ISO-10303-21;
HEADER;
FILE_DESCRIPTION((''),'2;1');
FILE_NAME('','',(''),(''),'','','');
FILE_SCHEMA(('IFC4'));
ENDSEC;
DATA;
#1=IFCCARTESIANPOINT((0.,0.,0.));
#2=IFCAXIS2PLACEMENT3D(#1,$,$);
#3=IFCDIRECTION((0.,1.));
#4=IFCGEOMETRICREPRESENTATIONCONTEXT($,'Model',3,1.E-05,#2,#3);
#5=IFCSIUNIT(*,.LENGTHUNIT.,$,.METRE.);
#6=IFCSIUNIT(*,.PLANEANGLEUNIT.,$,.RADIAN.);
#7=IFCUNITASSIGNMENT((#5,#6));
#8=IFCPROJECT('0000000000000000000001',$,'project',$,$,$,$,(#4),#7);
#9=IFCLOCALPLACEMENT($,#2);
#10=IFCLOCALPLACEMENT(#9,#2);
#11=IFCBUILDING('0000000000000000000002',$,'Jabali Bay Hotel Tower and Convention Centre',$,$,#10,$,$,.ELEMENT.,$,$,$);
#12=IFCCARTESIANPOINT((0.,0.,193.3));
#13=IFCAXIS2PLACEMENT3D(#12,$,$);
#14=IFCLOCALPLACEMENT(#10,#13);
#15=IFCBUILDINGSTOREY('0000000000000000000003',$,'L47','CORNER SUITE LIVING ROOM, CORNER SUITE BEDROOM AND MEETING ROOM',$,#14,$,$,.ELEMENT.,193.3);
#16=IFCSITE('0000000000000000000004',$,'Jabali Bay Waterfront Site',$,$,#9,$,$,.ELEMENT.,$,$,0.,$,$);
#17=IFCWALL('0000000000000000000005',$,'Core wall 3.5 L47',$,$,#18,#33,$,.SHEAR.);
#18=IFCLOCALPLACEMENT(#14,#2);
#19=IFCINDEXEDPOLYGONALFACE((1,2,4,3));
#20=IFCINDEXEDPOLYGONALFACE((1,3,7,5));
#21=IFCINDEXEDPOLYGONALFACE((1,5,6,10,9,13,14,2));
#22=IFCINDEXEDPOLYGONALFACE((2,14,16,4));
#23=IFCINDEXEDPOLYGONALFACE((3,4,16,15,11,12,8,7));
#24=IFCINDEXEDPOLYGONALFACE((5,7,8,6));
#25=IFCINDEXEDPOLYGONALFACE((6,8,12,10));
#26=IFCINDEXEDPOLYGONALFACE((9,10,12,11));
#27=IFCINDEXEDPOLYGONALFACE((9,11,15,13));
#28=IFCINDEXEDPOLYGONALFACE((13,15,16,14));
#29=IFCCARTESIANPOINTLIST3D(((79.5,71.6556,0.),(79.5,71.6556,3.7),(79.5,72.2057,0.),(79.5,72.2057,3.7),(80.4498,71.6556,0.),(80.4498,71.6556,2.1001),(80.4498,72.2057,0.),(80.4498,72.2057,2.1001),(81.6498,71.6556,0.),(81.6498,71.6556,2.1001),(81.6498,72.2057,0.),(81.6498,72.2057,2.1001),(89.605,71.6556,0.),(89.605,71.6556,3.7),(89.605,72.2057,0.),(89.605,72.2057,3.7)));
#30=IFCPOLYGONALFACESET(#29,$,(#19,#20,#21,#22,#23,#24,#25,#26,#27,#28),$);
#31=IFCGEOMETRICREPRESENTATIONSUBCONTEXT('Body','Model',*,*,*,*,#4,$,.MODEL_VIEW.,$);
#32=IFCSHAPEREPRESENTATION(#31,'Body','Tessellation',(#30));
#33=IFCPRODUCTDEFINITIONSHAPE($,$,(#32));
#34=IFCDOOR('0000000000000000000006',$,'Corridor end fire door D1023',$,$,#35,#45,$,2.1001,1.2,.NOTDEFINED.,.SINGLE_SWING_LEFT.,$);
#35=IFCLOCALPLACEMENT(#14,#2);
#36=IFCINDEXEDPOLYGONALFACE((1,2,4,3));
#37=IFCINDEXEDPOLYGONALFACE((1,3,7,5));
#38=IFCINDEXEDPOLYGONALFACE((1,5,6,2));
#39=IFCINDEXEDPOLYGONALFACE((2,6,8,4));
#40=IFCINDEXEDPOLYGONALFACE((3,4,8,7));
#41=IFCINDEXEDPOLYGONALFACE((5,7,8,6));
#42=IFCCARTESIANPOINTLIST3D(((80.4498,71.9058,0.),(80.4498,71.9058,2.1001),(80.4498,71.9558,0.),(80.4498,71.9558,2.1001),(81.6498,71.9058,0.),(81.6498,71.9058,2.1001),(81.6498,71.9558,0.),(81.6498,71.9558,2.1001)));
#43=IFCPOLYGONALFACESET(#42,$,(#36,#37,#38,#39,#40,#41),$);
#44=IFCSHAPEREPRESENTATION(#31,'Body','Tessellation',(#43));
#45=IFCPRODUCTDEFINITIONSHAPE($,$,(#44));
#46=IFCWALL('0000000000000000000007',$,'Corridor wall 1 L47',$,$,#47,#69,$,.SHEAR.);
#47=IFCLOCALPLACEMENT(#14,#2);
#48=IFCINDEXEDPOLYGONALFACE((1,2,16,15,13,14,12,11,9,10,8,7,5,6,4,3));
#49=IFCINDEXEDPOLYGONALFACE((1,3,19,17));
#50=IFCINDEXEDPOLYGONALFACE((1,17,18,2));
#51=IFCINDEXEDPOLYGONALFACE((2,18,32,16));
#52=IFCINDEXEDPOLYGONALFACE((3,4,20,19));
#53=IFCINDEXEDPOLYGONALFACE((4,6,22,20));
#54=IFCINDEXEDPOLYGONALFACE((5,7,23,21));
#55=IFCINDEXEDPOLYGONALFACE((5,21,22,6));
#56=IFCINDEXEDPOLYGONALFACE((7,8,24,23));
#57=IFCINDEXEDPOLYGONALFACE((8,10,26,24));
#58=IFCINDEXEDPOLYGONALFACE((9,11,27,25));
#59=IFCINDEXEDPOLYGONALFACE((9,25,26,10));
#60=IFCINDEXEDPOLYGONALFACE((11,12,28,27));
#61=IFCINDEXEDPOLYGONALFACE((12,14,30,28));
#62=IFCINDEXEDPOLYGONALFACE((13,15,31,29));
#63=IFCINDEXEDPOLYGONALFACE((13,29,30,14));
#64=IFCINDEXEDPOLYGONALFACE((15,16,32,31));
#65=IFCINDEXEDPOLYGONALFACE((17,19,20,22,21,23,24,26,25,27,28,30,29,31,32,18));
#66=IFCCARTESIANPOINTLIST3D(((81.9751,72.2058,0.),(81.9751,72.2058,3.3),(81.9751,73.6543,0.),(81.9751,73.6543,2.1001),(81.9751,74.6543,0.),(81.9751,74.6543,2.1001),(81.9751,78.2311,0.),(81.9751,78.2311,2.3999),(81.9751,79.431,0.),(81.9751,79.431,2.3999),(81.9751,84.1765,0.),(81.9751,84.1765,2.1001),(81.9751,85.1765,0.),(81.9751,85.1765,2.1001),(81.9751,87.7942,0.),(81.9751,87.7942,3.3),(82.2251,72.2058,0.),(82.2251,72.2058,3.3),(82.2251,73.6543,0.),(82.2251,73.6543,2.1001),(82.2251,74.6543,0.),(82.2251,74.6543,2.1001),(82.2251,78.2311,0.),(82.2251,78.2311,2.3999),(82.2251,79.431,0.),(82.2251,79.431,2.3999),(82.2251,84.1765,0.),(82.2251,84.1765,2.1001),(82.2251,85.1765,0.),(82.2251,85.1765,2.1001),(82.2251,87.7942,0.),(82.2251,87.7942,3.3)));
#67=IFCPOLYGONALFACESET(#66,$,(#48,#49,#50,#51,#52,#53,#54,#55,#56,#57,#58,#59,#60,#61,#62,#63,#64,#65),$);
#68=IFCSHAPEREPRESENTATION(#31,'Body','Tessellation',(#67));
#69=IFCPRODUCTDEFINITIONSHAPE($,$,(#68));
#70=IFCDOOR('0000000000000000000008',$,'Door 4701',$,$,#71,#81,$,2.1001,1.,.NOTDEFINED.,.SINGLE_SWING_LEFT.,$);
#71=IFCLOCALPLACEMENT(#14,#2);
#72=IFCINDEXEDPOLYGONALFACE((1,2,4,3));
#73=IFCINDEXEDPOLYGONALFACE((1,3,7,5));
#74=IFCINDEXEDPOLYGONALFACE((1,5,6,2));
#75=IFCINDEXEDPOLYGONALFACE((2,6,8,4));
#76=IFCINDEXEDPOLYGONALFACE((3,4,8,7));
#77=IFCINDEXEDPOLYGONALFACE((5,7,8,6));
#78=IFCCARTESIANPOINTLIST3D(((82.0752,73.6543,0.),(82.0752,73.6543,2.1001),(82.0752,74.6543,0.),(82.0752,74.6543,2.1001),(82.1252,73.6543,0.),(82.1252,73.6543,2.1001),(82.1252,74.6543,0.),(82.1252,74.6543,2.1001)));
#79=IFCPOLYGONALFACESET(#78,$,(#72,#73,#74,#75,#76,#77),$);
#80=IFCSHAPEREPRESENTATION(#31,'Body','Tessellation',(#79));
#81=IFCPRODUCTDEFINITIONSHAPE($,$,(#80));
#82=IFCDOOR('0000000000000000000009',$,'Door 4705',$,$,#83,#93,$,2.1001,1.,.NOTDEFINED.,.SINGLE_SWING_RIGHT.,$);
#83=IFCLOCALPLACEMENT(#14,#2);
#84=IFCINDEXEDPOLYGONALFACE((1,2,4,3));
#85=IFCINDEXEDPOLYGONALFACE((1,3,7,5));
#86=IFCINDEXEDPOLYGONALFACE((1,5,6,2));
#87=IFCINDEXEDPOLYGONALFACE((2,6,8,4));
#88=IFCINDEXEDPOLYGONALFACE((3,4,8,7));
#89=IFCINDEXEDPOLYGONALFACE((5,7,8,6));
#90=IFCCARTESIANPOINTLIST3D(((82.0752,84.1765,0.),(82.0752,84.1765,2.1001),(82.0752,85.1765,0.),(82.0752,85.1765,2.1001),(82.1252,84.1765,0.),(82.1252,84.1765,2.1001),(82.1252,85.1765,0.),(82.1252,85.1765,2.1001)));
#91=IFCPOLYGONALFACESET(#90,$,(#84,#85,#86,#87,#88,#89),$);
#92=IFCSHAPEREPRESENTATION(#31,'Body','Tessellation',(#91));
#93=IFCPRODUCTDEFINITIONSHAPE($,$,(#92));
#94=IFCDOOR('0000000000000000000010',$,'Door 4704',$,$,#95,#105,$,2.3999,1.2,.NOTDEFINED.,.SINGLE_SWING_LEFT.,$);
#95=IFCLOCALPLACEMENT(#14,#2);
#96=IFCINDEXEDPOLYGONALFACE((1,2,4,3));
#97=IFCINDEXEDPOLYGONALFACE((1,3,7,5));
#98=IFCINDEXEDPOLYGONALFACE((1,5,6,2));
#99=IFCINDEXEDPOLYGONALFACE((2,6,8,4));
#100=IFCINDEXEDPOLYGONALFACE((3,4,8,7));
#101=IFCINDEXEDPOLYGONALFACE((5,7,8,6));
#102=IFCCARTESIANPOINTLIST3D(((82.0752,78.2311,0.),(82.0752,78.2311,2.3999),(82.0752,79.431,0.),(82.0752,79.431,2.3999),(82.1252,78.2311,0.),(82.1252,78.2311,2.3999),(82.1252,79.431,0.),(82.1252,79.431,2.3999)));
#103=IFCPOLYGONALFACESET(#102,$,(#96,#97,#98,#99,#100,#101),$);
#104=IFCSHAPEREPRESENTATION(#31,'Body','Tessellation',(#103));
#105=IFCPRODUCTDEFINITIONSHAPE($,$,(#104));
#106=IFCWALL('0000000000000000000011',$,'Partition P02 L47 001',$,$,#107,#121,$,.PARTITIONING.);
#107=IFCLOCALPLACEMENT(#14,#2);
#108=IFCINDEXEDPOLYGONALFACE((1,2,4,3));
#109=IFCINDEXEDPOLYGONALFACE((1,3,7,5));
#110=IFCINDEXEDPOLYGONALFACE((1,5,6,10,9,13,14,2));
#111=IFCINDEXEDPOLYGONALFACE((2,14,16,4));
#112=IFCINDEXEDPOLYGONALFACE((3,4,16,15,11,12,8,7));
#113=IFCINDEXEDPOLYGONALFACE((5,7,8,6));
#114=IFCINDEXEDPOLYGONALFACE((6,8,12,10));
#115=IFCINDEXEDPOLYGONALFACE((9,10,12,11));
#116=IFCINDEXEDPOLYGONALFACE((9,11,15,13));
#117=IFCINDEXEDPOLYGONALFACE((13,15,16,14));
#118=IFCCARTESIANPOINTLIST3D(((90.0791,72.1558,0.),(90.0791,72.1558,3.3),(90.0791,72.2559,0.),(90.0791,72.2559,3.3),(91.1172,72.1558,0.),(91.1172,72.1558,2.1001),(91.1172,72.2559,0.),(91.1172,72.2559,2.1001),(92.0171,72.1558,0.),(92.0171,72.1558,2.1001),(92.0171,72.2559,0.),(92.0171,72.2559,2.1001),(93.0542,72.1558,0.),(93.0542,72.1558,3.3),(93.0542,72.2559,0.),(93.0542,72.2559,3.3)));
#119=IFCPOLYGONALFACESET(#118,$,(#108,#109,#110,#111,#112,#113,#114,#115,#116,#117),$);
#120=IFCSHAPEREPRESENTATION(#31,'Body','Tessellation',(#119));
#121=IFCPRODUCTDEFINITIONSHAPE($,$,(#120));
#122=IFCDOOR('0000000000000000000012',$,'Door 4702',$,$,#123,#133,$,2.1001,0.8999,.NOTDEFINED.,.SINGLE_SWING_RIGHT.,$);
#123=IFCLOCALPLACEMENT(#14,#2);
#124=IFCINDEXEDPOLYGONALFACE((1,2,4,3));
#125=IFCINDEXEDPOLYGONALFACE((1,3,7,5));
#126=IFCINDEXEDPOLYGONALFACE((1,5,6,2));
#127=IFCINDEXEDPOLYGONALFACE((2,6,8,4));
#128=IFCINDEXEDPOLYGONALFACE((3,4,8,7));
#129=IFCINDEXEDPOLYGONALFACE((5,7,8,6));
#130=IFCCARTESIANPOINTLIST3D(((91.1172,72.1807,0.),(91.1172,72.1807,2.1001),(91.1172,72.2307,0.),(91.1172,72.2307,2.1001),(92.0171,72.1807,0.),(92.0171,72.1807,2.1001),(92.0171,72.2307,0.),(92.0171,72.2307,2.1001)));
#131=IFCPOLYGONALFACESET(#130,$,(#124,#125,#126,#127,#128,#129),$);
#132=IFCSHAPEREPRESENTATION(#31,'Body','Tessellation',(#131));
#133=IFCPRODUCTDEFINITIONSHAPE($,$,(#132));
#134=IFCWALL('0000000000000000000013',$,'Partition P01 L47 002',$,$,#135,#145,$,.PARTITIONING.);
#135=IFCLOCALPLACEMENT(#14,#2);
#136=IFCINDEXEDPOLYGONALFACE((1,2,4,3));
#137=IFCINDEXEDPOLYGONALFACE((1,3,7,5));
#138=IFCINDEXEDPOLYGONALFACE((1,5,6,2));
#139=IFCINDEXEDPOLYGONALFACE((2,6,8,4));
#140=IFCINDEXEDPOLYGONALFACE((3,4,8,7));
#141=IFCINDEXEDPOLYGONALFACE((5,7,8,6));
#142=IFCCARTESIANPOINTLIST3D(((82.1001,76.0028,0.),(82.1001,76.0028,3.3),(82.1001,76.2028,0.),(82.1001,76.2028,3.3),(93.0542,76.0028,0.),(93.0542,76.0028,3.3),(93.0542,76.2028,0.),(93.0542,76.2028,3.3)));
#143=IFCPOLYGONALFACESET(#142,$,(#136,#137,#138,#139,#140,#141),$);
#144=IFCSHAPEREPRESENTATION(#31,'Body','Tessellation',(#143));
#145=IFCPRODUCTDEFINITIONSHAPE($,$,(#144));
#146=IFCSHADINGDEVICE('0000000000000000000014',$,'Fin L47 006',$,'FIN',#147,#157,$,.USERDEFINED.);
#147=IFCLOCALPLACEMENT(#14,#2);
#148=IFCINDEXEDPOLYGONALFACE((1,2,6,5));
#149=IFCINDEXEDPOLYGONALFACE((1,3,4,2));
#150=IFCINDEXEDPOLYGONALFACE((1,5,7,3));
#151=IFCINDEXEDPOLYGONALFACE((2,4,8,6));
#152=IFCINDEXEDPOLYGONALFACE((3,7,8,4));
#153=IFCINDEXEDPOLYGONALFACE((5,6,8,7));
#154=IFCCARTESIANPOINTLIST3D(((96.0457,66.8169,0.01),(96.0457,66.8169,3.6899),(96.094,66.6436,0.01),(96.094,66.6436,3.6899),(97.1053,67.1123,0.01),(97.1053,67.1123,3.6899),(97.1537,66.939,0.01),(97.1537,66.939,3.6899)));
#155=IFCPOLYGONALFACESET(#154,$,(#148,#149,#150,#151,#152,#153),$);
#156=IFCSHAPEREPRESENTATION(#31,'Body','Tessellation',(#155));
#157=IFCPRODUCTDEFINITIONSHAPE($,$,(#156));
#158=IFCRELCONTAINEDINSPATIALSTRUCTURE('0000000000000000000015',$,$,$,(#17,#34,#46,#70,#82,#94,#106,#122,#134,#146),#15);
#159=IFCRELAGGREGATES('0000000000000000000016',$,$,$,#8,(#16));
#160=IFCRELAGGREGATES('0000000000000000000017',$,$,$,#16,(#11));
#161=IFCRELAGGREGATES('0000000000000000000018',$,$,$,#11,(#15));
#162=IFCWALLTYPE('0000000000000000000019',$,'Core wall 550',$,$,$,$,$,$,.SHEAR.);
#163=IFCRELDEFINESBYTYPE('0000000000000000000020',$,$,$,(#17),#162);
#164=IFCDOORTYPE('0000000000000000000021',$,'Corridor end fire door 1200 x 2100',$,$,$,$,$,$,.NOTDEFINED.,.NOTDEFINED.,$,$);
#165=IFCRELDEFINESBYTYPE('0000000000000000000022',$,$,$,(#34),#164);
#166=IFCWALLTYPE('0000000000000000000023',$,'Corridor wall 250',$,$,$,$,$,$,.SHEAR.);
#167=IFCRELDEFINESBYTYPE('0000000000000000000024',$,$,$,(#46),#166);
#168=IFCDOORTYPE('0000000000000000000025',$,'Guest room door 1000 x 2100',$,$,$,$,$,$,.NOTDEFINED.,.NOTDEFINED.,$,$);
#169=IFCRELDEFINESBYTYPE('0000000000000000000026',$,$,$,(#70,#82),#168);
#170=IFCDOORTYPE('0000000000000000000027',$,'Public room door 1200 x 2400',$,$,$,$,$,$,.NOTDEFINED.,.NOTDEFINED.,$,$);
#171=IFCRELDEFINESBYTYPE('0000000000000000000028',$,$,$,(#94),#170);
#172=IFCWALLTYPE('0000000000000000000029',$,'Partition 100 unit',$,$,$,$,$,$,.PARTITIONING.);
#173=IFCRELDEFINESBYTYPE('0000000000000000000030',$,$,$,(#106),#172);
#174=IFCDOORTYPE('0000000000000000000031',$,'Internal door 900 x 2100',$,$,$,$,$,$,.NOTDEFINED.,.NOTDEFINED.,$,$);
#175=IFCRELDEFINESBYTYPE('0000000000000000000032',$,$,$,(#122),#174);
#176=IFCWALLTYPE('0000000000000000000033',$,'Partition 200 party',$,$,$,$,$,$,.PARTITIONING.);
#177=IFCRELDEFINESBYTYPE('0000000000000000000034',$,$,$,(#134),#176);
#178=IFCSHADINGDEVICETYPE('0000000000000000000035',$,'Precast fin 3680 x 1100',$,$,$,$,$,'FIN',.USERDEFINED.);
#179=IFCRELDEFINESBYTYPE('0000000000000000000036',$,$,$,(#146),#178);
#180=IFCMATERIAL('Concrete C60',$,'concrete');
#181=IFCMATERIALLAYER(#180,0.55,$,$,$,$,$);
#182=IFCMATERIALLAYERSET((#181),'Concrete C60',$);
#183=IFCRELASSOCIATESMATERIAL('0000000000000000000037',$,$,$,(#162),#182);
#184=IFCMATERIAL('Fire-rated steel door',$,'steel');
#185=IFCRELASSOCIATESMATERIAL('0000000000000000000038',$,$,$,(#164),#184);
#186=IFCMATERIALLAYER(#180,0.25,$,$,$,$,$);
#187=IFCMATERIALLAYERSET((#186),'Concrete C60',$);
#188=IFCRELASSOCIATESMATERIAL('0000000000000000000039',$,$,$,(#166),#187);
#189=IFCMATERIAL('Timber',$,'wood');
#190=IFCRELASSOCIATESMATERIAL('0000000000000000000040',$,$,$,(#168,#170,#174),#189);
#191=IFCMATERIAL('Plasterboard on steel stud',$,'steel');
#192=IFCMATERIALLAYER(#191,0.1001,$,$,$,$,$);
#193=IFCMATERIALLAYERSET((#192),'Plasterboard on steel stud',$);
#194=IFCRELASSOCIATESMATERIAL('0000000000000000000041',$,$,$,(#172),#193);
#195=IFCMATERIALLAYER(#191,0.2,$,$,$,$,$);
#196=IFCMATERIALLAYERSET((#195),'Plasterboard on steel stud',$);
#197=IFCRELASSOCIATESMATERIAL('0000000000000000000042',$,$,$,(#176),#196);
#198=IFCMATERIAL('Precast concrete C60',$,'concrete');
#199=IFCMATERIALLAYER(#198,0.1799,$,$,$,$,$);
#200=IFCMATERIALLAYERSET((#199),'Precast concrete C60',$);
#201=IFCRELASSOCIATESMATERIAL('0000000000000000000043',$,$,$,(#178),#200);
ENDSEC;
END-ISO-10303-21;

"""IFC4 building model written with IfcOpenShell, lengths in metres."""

from ifc_helpers import new_model, si_unit, direction, frame, frame_2d, origin, place, context, subcontext, project, spatial, rectangle, extrude, material, layer, layer_set, type_object, element, fill, save


model = new_model("IFC4")

# Units and contexts
model_context = context("Model", 3, precision=1e-05, world=origin(), true_north=direction((0.0, 1.0)))
body_context = subcontext(model_context, "Body", "Model", "MODEL_VIEW")
ifc_project = project(units=[si_unit("LENGTHUNIT", "METRE"), si_unit("PLANEANGLEUNIT", "RADIAN")], contexts=[model_context])

# Site, building, storey
site_placement = place(None, origin())
site = spatial("IfcSite", under=ifc_project, at=site_placement, Name="Jabali Bay Waterfront Site", CompositionType="ELEMENT", RefElevation=0.0)
building_placement = place(site_placement, origin())
building = spatial("IfcBuilding", under=site, at=building_placement, Name="Jabali Bay Hotel Tower and Convention Centre", CompositionType="ELEMENT")
storey_placement = place(building_placement, frame((0.0, 0.0, 193.3)))
storey = spatial("IfcBuildingStorey", under=building, at=storey_placement, Name="L47", Description="CORNER SUITE LIVING ROOM, CORNER SUITE BEDROOM AND MEETING ROOM", CompositionType="ELEMENT", Elevation=193.3)

# Shared definitions
ifc_material_1 = material(Name="Concrete C60", Category="concrete")

# Shared definitions
ifc_material_2 = material(Name="Fire-rated steel door", Category="steel")

# Wall, opening, door
ifc_layer_1 = layer(ifc_material_1, 0.55)
ifc_layer_set_1 = layer_set([ifc_layer_1], Name="Concrete C60")
wall_type_1 = type_object("IfcWallType", Name="Core wall 550", PredefinedType="SHEAR", material=ifc_layer_set_1)
door_type_1 = type_object("IfcDoorType", Name="Corridor end fire door 1200 x 2100", OperationType="NOTDEFINED", PredefinedType="NOTDEFINED", material=ifc_material_2)
wall_1_placement = place(storey_placement, frame((89.605, 71.9307, 0.0), z_axis=(0.0, 0.0, 1.0), x_axis=(-1.0, 0.0, 0.0)))
wall_1 = element("IfcWall", 1, at=wall_1_placement, inside=storey, type_object=wall_type_1, Name="Core wall 3.5 L47", PredefinedType="SHEAR", context=body_context, shape_type="SweptSolid", body=[
    extrude(rectangle(XDim=10.105, YDim=0.55, at=frame_2d((5.0525, 0.0))), origin(), (0.0, 0.0, 1.0), 3.7),
])
opening_1_placement = place(wall_1_placement, frame((7.9551, 0.0, 0.0)))
opening_1 = element("IfcOpeningElement", 2, at=opening_1_placement, cuts=wall_1, PredefinedType="OPENING", context=body_context, shape_type="SweptSolid", body=[
    extrude(rectangle(XDim=1.2, YDim=2.1001, at=frame_2d((0.6001, 1.05))), frame((0.0, 0.2856, 0.0), z_axis=(0.0, -1.0, 0.0), x_axis=(1.0, 0.0, 0.0)), (0.0, 0.0, 1.0), 0.571),
])
door_1_placement = place(opening_1_placement, origin())
door_1 = element("IfcDoor", 3, at=door_1_placement, inside=storey, type_object=door_type_1, Name="Corridor end fire door D1023", OperationType="SINGLE_SWING_LEFT", OverallHeight=2.1001, OverallWidth=1.2, PredefinedType="NOTDEFINED", context=body_context, shape_type="SweptSolid", body=[
    extrude(rectangle(XDim=1.2, YDim=2.1001, at=frame_2d((0.6001, 1.05))), frame((0.0, 0.0249, 0.0), z_axis=(0.0, -1.0, 0.0), x_axis=(1.0, 0.0, 0.0)), (0.0, 0.0, 1.0), 0.05),
])
fill(opening_1, door_1)

# Wall, openings, doors
ifc_layer_2 = layer(ifc_material_1, 0.25)
ifc_layer_set_2 = layer_set([ifc_layer_2], Name="Concrete C60")
wall_type_2 = type_object("IfcWallType", Name="Corridor wall 250", PredefinedType="SHEAR", material=ifc_layer_set_2)
wall_2_placement = place(storey_placement, frame((82.1001, 72.2058, 0.0), z_axis=(0.0, 0.0, 1.0), x_axis=(0.0, 1.0, 0.0)))
wall_2 = element("IfcWall", 4, at=wall_2_placement, inside=storey, type_object=wall_type_2, Name="Corridor wall 1 L47", PredefinedType="SHEAR", context=body_context, shape_type="SweptSolid", body=[
    extrude(rectangle(XDim=15.5884, YDim=0.25, at=frame_2d((7.7942, 0.0))), origin(), (0.0, 0.0, 1.0), 3.3),
])
opening_2_placement = place(wall_2_placement, frame((1.4485, 0.0, 0.0)))
opening_2 = element("IfcOpeningElement", 5, at=opening_2_placement, cuts=wall_2, PredefinedType="OPENING", context=body_context, shape_type="SweptSolid", body=[
    extrude(rectangle(XDim=1.0, YDim=2.1001, at=frame_2d((0.5, 1.05))), frame((0.0, 0.1355, 0.0), z_axis=(0.0, -1.0, 0.0), x_axis=(1.0, 0.0, 0.0)), (0.0, 0.0, 1.0), 0.271),
])
opening_3_placement = place(wall_2_placement, frame((6.0251, 0.0, 0.0)))
opening_3 = element("IfcOpeningElement", 6, at=opening_3_placement, cuts=wall_2, PredefinedType="OPENING", context=body_context, shape_type="SweptSolid", body=[
    extrude(rectangle(XDim=1.2, YDim=2.3999, at=frame_2d((0.6001, 1.2))), frame((0.0, 0.1355, 0.0), z_axis=(0.0, -1.0, 0.0), x_axis=(1.0, 0.0, 0.0)), (0.0, 0.0, 1.0), 0.271),
])
opening_4_placement = place(wall_2_placement, frame((11.9707, 0.0, 0.0)))
opening_4 = element("IfcOpeningElement", 7, at=opening_4_placement, cuts=wall_2, PredefinedType="OPENING", context=body_context, shape_type="SweptSolid", body=[
    extrude(rectangle(XDim=1.0, YDim=2.1001, at=frame_2d((0.5, 1.05))), frame((0.0, 0.1355, 0.0), z_axis=(0.0, -1.0, 0.0), x_axis=(1.0, 0.0, 0.0)), (0.0, 0.0, 1.0), 0.271),
])
ifc_material_3 = material(Name="Timber", Category="wood")
door_type_2 = type_object("IfcDoorType", Name="Guest room door 1000 x 2100", OperationType="NOTDEFINED", PredefinedType="NOTDEFINED", material=ifc_material_3)
door_2_placement = place(opening_2_placement, origin())
door_2 = element("IfcDoor", 8, at=door_2_placement, inside=storey, type_object=door_type_2, Name="Door 4701", OperationType="SINGLE_SWING_LEFT", OverallHeight=2.1001, OverallWidth=1.0, PredefinedType="NOTDEFINED", context=body_context, shape_type="SweptSolid", body=[
    extrude(rectangle(XDim=1.0, YDim=2.1001, at=frame_2d((0.5, 1.05))), frame((0.0, 0.0249, 0.0), z_axis=(0.0, -1.0, 0.0), x_axis=(1.0, 0.0, 0.0)), (0.0, 0.0, 1.0), 0.05),
])
fill(opening_2, door_2)
door_3_placement = place(opening_4_placement, origin())
door_3 = element("IfcDoor", 9, at=door_3_placement, inside=storey, type_object=door_type_2, Name="Door 4705", OperationType="SINGLE_SWING_RIGHT", OverallHeight=2.1001, OverallWidth=1.0, PredefinedType="NOTDEFINED", context=body_context, shape_type="SweptSolid", body=[
    extrude(rectangle(XDim=1.0, YDim=2.1001, at=frame_2d((0.5, 1.05))), frame((0.0, 0.0249, 0.0), z_axis=(0.0, -1.0, 0.0), x_axis=(1.0, 0.0, 0.0)), (0.0, 0.0, 1.0), 0.05),
])
fill(opening_4, door_3)
door_type_3 = type_object("IfcDoorType", Name="Public room door 1200 x 2400", OperationType="NOTDEFINED", PredefinedType="NOTDEFINED", material=ifc_material_3)
door_4_placement = place(opening_3_placement, origin())
door_4 = element("IfcDoor", 10, at=door_4_placement, inside=storey, type_object=door_type_3, Name="Door 4704", OperationType="SINGLE_SWING_LEFT", OverallHeight=2.3999, OverallWidth=1.2, PredefinedType="NOTDEFINED", context=body_context, shape_type="SweptSolid", body=[
    extrude(rectangle(XDim=1.2, YDim=2.3999, at=frame_2d((0.6001, 1.2))), frame((0.0, 0.0249, 0.0), z_axis=(0.0, -1.0, 0.0), x_axis=(1.0, 0.0, 0.0)), (0.0, 0.0, 1.0), 0.05),
])
fill(opening_3, door_4)

# Wall, opening, door
ifc_material_4 = material(Name="Plasterboard on steel stud", Category="steel")
ifc_layer_3 = layer(ifc_material_4, 0.1001)
ifc_layer_set_3 = layer_set([ifc_layer_3], Name="Plasterboard on steel stud")
wall_type_3 = type_object("IfcWallType", Name="Partition 100 unit", PredefinedType="PARTITIONING", material=ifc_layer_set_3)
wall_3_placement = place(storey_placement, frame((90.0791, 72.2058, 0.0), z_axis=(0.0, 0.0, 1.0), x_axis=(1.0, 0.0, 0.0)))
wall_3 = element("IfcWall", 11, at=wall_3_placement, inside=storey, type_object=wall_type_3, Name="Partition P02 L47 001", PredefinedType="PARTITIONING", context=body_context, shape_type="SweptSolid", body=[
    extrude(rectangle(XDim=2.9751, YDim=0.1001, at=frame_2d((1.4875, 0.0))), origin(), (0.0, 0.0, 1.0), 3.3),
])
opening_5_placement = place(wall_3_placement, frame((1.0381, 0.0, 0.0)))
opening_5 = element("IfcOpeningElement", 12, at=opening_5_placement, cuts=wall_3, PredefinedType="OPENING", context=body_context, shape_type="SweptSolid", body=[
    extrude(rectangle(XDim=0.8999, YDim=2.1001, at=frame_2d((0.45, 1.05))), frame((0.0, 0.0605, 0.0), z_axis=(0.0, -1.0, 0.0), x_axis=(1.0, 0.0, 0.0)), (0.0, 0.0, 1.0), 0.1211),
])
door_type_4 = type_object("IfcDoorType", Name="Internal door 900 x 2100", OperationType="NOTDEFINED", PredefinedType="NOTDEFINED", material=ifc_material_3)
door_5_placement = place(opening_5_placement, origin())
door_5 = element("IfcDoor", 13, at=door_5_placement, inside=storey, type_object=door_type_4, Name="Door 4702", OperationType="SINGLE_SWING_RIGHT", OverallHeight=2.1001, OverallWidth=0.8999, PredefinedType="NOTDEFINED", context=body_context, shape_type="SweptSolid", body=[
    extrude(rectangle(XDim=0.8999, YDim=2.1001, at=frame_2d((0.45, 1.05))), frame((0.0, 0.0249, 0.0), z_axis=(0.0, -1.0, 0.0), x_axis=(1.0, 0.0, 0.0)), (0.0, 0.0, 1.0), 0.05),
])
fill(opening_5, door_5)

# Wall
ifc_layer_4 = layer(ifc_material_4, 0.2)
ifc_layer_set_4 = layer_set([ifc_layer_4], Name="Plasterboard on steel stud")
wall_type_4 = type_object("IfcWallType", Name="Partition 200 party", PredefinedType="PARTITIONING", material=ifc_layer_set_4)
wall_4_placement = place(storey_placement, frame((93.0542, 76.1028, 0.0), z_axis=(0.0, 0.0, 1.0), x_axis=(-1.0, 0.0, 0.0)))
element("IfcWall", 14, at=wall_4_placement, inside=storey, type_object=wall_type_4, Name="Partition P01 L47 002", PredefinedType="PARTITIONING", context=body_context, shape_type="SweptSolid", body=[
    extrude(rectangle(XDim=10.9541, YDim=0.2, at=frame_2d((5.4771, 0.0))), origin(), (0.0, 0.0, 1.0), 3.3),
])

# Shading device
ifc_material_5 = material(Name="Precast concrete C60", Category="concrete")
ifc_layer_5 = layer(ifc_material_5, 0.1799)
ifc_layer_set_5 = layer_set([ifc_layer_5], Name="Precast concrete C60")
shading_device_type_1 = type_object("IfcShadingDeviceType", Name="Precast fin 3680 x 1100", ElementType="FIN", PredefinedType="USERDEFINED", material=ifc_layer_set_5)
shading_device_1_placement = place(storey_placement, frame((96.0698, 66.7302, 0.01), z_axis=(0.0, 0.0, 1.0), x_axis=(0.963263, 0.26856, 0.0)))
element("IfcShadingDevice", 15, at=shading_device_1_placement, inside=storey, type_object=shading_device_type_1, Name="Fin L47 006", ObjectType="FIN", PredefinedType="USERDEFINED", context=body_context, shape_type="SweptSolid", body=[
    extrude(rectangle(XDim=1.1001, YDim=0.1799, at=frame_2d((0.55, 0.0))), origin(), (0.0, 0.0, 1.0), 3.6799),
])

save(model, "model.ifc")
